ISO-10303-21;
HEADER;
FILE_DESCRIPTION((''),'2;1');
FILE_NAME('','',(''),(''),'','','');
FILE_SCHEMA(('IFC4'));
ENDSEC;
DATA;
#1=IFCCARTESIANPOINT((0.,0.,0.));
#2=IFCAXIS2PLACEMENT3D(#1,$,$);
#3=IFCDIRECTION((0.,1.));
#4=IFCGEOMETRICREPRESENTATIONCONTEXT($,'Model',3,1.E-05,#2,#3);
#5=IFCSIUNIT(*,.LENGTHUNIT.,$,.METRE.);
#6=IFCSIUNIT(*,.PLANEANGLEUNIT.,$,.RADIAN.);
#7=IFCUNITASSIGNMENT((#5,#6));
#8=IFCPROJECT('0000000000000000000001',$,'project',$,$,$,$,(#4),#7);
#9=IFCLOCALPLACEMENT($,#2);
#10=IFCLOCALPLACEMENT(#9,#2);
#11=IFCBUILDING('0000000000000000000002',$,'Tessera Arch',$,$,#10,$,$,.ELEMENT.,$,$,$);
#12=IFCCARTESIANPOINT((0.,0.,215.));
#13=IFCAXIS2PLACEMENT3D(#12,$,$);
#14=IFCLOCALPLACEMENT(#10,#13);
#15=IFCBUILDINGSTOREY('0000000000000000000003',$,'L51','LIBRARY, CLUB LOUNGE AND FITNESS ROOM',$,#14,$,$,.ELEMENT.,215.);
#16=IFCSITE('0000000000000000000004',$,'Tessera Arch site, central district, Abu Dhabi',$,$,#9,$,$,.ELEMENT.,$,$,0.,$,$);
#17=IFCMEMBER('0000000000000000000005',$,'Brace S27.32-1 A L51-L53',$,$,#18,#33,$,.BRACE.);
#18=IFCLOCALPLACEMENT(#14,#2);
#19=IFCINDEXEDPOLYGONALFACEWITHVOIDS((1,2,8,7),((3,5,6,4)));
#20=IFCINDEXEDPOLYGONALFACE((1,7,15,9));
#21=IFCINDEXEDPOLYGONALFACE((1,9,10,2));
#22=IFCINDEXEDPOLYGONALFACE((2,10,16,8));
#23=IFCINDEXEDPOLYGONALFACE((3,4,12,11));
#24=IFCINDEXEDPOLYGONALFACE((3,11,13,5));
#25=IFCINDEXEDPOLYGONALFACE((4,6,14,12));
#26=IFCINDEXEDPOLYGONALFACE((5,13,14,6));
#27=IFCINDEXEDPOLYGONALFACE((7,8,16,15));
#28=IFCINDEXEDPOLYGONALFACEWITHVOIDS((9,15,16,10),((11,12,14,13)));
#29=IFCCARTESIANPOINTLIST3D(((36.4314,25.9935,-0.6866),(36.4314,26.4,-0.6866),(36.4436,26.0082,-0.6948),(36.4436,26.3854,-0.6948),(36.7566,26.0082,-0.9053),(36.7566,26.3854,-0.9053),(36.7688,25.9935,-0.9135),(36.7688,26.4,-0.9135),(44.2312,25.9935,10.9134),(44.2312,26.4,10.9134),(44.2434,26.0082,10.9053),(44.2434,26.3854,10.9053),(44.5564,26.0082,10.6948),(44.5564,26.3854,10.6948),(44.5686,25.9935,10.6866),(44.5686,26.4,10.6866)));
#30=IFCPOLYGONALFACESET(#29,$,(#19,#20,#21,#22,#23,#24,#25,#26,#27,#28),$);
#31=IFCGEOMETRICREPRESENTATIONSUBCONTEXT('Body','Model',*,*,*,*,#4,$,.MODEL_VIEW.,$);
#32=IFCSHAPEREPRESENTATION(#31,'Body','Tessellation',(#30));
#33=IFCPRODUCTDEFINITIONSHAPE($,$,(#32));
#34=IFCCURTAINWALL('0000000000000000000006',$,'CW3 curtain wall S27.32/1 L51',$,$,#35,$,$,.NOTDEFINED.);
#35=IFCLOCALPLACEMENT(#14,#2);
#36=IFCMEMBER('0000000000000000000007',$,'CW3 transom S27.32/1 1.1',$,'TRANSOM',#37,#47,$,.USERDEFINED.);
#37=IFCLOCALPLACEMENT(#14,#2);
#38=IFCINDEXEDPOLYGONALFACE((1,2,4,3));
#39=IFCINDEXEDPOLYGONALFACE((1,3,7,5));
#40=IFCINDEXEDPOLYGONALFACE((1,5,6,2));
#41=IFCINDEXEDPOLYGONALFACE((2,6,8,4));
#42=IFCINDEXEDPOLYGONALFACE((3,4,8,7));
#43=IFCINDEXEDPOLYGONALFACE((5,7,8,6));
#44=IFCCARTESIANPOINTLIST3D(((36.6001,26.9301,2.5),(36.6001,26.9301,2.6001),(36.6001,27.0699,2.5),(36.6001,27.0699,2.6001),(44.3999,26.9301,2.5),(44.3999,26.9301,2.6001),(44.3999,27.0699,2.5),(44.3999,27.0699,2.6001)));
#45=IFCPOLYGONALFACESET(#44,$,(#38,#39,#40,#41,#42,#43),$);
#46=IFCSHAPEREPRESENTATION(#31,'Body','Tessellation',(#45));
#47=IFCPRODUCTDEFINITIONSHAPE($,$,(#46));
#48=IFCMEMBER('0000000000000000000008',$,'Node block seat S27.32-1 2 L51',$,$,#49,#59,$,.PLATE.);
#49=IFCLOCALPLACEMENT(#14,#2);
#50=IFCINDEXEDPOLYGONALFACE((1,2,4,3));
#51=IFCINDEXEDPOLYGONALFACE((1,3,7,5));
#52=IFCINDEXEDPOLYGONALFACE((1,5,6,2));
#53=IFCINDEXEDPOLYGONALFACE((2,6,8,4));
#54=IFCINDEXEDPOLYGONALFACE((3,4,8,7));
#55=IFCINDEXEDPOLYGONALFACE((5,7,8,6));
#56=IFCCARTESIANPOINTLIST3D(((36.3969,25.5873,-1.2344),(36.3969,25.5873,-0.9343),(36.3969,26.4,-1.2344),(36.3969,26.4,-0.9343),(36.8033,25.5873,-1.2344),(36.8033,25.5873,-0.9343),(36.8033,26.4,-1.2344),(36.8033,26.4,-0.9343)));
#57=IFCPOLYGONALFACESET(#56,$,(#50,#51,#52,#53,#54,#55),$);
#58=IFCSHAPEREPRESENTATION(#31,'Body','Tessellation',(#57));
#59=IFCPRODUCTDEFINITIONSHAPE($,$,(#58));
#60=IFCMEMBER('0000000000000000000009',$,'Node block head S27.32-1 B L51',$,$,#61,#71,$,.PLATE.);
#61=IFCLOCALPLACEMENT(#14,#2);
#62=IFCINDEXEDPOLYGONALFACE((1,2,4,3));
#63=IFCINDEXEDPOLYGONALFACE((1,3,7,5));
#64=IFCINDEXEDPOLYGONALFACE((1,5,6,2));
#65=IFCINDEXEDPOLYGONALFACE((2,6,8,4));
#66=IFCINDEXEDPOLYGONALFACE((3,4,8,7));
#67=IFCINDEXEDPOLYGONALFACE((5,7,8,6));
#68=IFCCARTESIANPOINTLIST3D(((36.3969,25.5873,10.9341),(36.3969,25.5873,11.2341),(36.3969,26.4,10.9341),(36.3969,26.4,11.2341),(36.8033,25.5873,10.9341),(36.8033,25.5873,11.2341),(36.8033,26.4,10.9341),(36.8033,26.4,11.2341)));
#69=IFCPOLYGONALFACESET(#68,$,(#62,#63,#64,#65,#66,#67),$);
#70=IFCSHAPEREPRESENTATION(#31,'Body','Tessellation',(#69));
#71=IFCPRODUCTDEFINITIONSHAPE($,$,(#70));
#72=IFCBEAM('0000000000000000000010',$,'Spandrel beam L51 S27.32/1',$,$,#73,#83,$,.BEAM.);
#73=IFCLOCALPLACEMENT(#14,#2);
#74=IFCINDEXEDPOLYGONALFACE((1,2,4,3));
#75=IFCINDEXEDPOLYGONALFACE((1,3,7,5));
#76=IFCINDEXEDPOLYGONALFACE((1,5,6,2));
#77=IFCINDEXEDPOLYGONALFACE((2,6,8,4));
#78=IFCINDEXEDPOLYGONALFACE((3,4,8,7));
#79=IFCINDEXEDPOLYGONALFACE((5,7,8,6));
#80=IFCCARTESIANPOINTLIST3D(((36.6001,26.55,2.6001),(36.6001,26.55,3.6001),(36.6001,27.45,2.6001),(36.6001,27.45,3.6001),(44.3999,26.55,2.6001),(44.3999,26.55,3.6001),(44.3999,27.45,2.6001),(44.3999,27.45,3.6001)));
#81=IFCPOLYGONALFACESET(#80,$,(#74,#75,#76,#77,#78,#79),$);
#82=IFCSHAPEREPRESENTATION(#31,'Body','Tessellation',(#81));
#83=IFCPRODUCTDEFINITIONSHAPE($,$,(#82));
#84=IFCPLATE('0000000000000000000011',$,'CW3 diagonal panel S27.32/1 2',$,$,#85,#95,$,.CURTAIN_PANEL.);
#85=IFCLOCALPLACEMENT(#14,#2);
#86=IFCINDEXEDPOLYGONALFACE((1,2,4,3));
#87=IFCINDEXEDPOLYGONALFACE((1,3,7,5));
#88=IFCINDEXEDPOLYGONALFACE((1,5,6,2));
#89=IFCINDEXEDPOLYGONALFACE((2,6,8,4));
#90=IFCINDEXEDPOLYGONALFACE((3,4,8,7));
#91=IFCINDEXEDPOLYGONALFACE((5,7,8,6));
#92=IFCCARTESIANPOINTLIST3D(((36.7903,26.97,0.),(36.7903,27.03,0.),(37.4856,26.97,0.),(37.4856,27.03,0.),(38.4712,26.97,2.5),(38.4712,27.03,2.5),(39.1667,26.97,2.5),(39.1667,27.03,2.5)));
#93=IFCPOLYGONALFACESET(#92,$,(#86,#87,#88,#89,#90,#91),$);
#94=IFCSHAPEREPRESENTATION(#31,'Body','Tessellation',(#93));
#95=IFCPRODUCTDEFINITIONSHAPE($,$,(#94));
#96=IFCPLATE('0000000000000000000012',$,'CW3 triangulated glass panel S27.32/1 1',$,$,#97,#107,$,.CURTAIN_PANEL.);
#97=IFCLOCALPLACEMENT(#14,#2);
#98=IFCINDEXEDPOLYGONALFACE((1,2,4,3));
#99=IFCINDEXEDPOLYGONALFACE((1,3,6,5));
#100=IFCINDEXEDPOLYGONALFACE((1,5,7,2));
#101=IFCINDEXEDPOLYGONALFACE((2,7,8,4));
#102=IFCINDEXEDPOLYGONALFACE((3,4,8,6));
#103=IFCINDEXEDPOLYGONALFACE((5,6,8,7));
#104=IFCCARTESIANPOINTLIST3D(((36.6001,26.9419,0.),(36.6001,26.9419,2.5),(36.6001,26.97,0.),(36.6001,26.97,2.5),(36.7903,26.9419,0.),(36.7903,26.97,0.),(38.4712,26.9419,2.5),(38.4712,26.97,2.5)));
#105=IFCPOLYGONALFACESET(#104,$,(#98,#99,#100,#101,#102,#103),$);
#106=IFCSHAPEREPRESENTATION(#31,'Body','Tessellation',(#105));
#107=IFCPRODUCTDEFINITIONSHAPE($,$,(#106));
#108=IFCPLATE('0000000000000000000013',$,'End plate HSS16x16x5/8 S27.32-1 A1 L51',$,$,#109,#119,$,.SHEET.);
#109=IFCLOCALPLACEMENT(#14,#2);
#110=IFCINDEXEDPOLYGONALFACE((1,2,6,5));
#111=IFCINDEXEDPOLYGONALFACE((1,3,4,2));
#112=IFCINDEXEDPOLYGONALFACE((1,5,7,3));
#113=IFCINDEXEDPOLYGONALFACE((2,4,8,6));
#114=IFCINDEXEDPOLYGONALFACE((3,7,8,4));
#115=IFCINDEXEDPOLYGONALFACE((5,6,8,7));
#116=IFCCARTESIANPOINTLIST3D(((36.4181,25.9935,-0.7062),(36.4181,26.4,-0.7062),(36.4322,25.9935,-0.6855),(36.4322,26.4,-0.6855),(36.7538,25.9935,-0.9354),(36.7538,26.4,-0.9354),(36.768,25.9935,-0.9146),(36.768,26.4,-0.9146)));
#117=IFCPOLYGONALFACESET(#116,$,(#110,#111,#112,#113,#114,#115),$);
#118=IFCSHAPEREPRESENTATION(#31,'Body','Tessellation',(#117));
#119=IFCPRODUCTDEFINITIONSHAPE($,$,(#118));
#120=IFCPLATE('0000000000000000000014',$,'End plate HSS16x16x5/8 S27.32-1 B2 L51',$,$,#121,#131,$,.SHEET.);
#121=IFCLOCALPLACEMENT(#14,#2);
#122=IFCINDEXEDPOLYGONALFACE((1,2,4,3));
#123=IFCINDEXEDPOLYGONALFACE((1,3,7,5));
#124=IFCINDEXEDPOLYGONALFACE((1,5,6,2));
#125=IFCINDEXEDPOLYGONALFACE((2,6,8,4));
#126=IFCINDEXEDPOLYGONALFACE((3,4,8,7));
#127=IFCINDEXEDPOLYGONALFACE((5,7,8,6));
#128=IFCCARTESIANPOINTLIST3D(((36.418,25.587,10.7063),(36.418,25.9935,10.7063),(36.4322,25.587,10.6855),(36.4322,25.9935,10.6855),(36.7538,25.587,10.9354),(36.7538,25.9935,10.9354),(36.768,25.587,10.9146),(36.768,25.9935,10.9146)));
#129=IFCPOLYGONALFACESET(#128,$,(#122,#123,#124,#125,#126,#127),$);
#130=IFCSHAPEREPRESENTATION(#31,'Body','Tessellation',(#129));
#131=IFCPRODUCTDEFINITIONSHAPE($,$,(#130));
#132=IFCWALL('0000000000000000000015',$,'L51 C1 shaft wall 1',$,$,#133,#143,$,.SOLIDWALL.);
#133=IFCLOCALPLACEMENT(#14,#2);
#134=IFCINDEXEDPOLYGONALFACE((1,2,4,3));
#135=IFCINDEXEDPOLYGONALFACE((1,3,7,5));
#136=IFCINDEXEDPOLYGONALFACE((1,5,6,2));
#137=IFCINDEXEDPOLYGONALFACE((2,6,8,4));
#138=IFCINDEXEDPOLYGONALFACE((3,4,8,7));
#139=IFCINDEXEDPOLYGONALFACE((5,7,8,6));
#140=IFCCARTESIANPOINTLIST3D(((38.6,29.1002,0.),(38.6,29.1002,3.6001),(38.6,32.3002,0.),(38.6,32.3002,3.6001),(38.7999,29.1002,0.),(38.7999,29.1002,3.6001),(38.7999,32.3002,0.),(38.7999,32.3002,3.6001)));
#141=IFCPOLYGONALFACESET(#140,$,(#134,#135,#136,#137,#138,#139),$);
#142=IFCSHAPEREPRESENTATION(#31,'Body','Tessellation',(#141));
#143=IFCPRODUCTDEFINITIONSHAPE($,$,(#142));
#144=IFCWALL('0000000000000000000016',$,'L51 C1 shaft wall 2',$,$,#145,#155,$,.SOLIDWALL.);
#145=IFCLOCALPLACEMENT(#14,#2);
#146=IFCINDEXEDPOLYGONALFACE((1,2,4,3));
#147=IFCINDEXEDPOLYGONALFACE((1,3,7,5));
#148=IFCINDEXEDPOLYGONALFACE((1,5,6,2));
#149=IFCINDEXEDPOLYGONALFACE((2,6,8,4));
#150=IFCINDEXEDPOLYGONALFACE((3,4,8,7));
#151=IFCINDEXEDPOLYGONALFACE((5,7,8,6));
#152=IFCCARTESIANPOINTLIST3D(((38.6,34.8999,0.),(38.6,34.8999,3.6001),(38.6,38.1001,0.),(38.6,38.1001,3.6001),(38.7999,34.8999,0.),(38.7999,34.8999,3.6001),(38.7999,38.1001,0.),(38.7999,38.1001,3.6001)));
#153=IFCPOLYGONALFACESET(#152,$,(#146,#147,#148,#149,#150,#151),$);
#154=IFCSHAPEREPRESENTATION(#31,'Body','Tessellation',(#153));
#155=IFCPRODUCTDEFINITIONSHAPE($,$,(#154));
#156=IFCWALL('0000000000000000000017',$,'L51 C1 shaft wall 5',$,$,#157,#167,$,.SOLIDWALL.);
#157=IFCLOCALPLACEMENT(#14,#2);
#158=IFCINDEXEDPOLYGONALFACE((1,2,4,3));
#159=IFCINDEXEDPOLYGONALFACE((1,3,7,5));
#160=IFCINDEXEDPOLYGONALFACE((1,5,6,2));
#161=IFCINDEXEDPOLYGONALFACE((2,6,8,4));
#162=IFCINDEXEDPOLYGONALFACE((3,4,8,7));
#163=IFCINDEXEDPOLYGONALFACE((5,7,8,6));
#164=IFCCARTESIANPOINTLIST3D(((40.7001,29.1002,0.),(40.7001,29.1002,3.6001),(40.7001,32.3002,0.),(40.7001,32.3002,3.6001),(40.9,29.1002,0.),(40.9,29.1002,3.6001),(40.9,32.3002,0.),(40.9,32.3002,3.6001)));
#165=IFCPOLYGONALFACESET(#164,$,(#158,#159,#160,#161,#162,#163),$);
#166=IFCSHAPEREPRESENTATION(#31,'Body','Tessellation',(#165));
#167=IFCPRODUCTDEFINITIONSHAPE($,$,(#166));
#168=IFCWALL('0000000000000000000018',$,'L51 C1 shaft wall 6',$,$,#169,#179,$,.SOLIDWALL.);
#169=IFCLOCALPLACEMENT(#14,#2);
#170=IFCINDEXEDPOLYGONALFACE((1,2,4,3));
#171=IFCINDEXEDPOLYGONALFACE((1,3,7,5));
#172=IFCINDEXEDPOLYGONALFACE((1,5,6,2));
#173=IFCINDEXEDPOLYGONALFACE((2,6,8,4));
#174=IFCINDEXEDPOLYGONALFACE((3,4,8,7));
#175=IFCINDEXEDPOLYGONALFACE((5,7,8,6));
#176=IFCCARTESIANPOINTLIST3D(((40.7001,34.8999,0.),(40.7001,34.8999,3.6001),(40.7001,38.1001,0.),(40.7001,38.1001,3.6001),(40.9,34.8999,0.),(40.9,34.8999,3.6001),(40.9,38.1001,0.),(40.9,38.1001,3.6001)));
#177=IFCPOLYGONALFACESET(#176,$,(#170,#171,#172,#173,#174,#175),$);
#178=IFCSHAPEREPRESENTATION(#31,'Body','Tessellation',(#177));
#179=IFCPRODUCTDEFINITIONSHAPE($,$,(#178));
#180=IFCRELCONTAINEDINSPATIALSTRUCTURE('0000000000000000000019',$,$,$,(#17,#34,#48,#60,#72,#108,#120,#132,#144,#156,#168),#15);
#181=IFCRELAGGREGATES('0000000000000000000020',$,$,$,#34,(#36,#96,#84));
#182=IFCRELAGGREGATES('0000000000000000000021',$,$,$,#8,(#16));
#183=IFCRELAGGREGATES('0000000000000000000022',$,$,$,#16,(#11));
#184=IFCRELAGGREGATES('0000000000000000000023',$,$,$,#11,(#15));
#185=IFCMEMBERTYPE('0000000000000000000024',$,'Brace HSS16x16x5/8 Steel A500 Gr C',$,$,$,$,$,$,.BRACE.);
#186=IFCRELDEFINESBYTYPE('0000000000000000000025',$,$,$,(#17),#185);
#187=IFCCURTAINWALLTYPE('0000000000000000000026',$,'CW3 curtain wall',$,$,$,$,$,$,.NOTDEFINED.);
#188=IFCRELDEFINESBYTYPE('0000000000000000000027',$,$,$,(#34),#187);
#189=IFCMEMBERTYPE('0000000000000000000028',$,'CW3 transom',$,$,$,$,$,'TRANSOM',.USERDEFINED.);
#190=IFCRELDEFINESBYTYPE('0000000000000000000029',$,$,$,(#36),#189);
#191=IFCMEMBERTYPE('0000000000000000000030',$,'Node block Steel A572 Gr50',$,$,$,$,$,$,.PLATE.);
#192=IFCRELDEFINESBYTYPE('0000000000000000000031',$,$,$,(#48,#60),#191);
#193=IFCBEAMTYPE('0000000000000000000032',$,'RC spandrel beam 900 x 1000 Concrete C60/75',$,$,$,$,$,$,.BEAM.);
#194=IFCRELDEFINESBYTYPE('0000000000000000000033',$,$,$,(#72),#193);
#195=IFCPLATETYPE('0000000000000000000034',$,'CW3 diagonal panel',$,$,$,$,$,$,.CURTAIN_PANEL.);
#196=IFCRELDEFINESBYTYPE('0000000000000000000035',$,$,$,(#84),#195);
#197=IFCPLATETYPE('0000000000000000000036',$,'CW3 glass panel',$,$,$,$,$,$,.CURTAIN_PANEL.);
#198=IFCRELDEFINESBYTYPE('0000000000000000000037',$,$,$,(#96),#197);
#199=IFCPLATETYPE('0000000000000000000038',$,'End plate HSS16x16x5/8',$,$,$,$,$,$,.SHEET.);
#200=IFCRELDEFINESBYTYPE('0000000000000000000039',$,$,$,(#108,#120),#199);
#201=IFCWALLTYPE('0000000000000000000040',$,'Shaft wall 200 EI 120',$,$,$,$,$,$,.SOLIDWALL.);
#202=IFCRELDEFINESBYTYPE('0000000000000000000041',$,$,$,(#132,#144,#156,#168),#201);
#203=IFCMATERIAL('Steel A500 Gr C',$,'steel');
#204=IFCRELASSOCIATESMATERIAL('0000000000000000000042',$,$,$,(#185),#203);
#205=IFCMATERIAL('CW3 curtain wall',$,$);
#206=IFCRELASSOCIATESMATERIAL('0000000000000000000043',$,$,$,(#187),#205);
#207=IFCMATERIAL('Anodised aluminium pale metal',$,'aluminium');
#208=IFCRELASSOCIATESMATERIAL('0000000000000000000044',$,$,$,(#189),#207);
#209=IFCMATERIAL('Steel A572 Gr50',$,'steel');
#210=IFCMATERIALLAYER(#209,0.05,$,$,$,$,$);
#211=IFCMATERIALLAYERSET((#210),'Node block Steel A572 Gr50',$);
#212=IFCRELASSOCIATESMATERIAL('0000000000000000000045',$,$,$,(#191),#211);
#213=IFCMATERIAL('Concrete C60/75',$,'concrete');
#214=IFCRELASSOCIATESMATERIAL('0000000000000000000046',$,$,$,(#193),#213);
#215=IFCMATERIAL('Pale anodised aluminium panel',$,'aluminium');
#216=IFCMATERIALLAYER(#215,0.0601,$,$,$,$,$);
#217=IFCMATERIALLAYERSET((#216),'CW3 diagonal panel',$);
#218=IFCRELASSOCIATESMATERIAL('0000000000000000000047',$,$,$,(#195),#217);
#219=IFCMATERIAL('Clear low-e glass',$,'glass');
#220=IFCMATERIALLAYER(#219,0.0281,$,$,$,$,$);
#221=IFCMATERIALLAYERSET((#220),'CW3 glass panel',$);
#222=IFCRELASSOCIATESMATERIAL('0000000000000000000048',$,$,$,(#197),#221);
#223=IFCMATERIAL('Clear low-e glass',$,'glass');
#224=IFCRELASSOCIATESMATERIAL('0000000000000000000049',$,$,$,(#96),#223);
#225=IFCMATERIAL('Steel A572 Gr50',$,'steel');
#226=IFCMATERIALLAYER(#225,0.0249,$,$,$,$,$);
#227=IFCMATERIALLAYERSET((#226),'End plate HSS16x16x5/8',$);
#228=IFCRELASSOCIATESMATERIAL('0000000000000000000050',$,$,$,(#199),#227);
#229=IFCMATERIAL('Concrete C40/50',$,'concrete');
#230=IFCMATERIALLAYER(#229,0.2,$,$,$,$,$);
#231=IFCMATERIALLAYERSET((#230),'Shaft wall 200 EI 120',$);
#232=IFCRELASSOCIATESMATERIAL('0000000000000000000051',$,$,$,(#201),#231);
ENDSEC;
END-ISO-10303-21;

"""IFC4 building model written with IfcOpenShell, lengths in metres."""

from ifc_helpers import new_model, si_unit, direction, frame, frame_2d, origin, origin_2d, place, context, subcontext, project, spatial, polyline, rectangle, hollow_rectangle, outline, extrude, material, layer, layer_set, material_profile, profile_set, type_object, element, aggregate, save


model = new_model("IFC4")

# Units and contexts
model_context = context("Model", 3, precision=1e-05, world=origin(), true_north=direction((0.0, 1.0)))
body_context = subcontext(model_context, "Body", "Model", "MODEL_VIEW")
ifc_project = project(units=[si_unit("LENGTHUNIT", "METRE"), si_unit("PLANEANGLEUNIT", "RADIAN")], contexts=[model_context])

# Site, building, storey
site_placement = place(None, origin())
site = spatial("IfcSite", under=ifc_project, at=site_placement, Name="Tessera Arch site, central district, Abu Dhabi", CompositionType="ELEMENT", RefElevation=0.0)
building_placement = place(site_placement, origin())
building = spatial("IfcBuilding", under=site, at=building_placement, Name="Tessera Arch", CompositionType="ELEMENT")
storey_placement = place(building_placement, frame((0.0, 0.0, 215.0)))
storey = spatial("IfcBuildingStorey", under=building, at=storey_placement, Name="L51", Description="LIBRARY, CLUB LOUNGE AND FITNESS ROOM", CompositionType="ELEMENT", Elevation=215.0)

# Member
ifc_material_1 = material(Name="Steel A500 Gr C", Category="steel")
ifc_material_profile_1 = material_profile(ifc_material_1, hollow_rectangle(XDim=0.4065, YDim=0.4065, WallThickness=0.0146, at=origin_2d()), Name="HSS16x16x5/8")
ifc_profile_set_1 = profile_set([ifc_material_profile_1], Name="Steel A500 Gr C")
member_type_1 = type_object("IfcMemberType", Name="Brace HSS16x16x5/8 Steel A500 Gr C", PredefinedType="BRACE", material=ifc_profile_set_1)
member_1_placement = place(storey_placement, frame((36.6001, 26.1968, -0.8), z_axis=(0.557985, 0.0, 0.829851), x_axis=(0.0, 1.0, 0.0)))
element("IfcMember", 1, at=member_1_placement, inside=storey, type_object=member_type_1, Name="Brace S27.32-1 A L51-L53", PredefinedType="BRACE", context=body_context, shape_type="SweptSolid", body=[
    extrude(hollow_rectangle(XDim=0.4065, YDim=0.4065, WallThickness=0.0146, at=origin_2d()), origin(), (0.0, 0.0, 1.0), 13.9785),
])

# Curtain wall, member
ifc_material_2 = material(Name="CW3 curtain wall")
curtain_wall_type = type_object("IfcCurtainWallType", Name="CW3 curtain wall", PredefinedType="NOTDEFINED", material=ifc_material_2)
curtain_wall_placement = place(storey_placement, origin())
curtain_wall = element("IfcCurtainWall", 2, at=curtain_wall_placement, inside=storey, type_object=curtain_wall_type, Name="CW3 curtain wall S27.32/1 L51", PredefinedType="NOTDEFINED")
ifc_material_3 = material(Name="Anodised aluminium pale metal", Category="aluminium")
ifc_material_profile_2 = material_profile(ifc_material_3, rectangle(XDim=0.1399, YDim=0.1001, at=origin_2d()), Name="AL 140x100")
ifc_profile_set_2 = profile_set([ifc_material_profile_2], Name="Anodised aluminium pale metal")
member_type_2 = type_object("IfcMemberType", Name="CW3 transom", ElementType="TRANSOM", PredefinedType="USERDEFINED", material=ifc_profile_set_2)
member_2_placement = place(storey_placement, frame((36.6001, 27.0, 2.55), z_axis=(1.0, 0.0, 0.0), x_axis=(0.0, 1.0, 0.0)))
member_2 = element("IfcMember", 3, at=member_2_placement, type_object=member_type_2, Name="CW3 transom S27.32/1 1.1", ObjectType="TRANSOM", PredefinedType="USERDEFINED", context=body_context, shape_type="SweptSolid", body=[
    extrude(rectangle(XDim=0.1399, YDim=0.1001, at=origin_2d()), origin(), (0.0, 0.0, 1.0), 7.7998),
])

# Members
ifc_material_4 = material(Name="Steel A572 Gr50", Category="steel")
ifc_layer_1 = layer(ifc_material_4, 0.05)
ifc_layer_set_1 = layer_set([ifc_layer_1], Name="Node block Steel A572 Gr50")
member_type_3 = type_object("IfcMemberType", Name="Node block Steel A572 Gr50", PredefinedType="PLATE", material=ifc_layer_set_1)
for number, where, z_axis, x_axis, name in (
    (4, (36.6001, 25.9937, -1.2344), (0.0, 0.0, 1.0), (1.0, 0.0, 0.0), "Node block seat S27.32-1 2 L51"),
    (5, (36.6001, 25.9937, 10.9341), (0.0, 0.0, 1.0), (1.0, 0.0, 0.0), "Node block head S27.32-1 B L51"),
):
    element("IfcMember", number, at=place(storey_placement, frame(where, z_axis=z_axis, x_axis=x_axis)), inside=storey, type_object=member_type_3, Name=name, PredefinedType="PLATE", context=body_context, shape_type="SweptSolid", body=[
        extrude(rectangle(XDim=0.4065, YDim=0.8127, at=origin_2d()), origin(), (0.0, 0.0, 1.0), 0.3),
    ])

# Beam
ifc_material_5 = material(Name="Concrete C60/75", Category="concrete")
ifc_material_profile_3 = material_profile(ifc_material_5, rectangle(XDim=0.8999, YDim=1.0, at=origin_2d()), Name="RC spandrel beam 900 x 1000 Concrete C60/75")
ifc_profile_set_3 = profile_set([ifc_material_profile_3], Name="Concrete C60/75")
beam_type = type_object("IfcBeamType", Name="RC spandrel beam 900 x 1000 Concrete C60/75", PredefinedType="BEAM", material=ifc_profile_set_3)
beam_placement = place(storey_placement, frame((36.6001, 27.0, 3.1001), z_axis=(1.0, 0.0, 0.0), x_axis=(0.0, 1.0, 0.0)))
element("IfcBeam", 6, at=beam_placement, inside=storey, type_object=beam_type, Name="Spandrel beam L51 S27.32/1", PredefinedType="BEAM", context=body_context, shape_type="SweptSolid", body=[
    extrude(rectangle(XDim=0.8999, YDim=1.0, at=origin_2d()), origin(), (0.0, 0.0, 1.0), 7.7998),
])

# Plates
ifc_material_6 = material(Name="Pale anodised aluminium panel", Category="aluminium")
ifc_layer_2 = layer(ifc_material_6, 0.0601)
ifc_layer_set_2 = layer_set([ifc_layer_2], Name="CW3 diagonal panel")
plate_type_1 = type_object("IfcPlateType", Name="CW3 diagonal panel", PredefinedType="CURTAIN_PANEL", material=ifc_layer_set_2)
plate_1_placement = place(storey_placement, frame((39.1667, 26.97, 2.5), z_axis=(0.0, -1.0, 0.0), x_axis=(-1.0, 0.0, 0.0)))
plate_1 = element("IfcPlate", 7, at=plate_1_placement, type_object=plate_type_1, Name="CW3 diagonal panel S27.32/1 2", PredefinedType="CURTAIN_PANEL", context=body_context, shape_type="SweptSolid", body=[
    extrude(outline(polyline([(0.0, 0.0), (0.6956, 0.0), (2.3765, 2.5), (1.6812, 2.5), (0.0, 0.0)])), origin(), (0.0, 0.0, -1.0), 0.0601),
])
ifc_material_7 = material(Name="Clear low-e glass", Category="glass")
ifc_material_8 = material(Name="Clear low-e glass", Category="glass")
ifc_layer_3 = layer(ifc_material_8, 0.0281)
ifc_layer_set_3 = layer_set([ifc_layer_3], Name="CW3 glass panel")
plate_type_2 = type_object("IfcPlateType", Name="CW3 glass panel", PredefinedType="CURTAIN_PANEL", material=ifc_layer_set_3)
plate_2_placement = place(storey_placement, frame((36.6001, 26.9419, 0.0), z_axis=(0.0, -1.0, 0.0), x_axis=(1.0, 0.0, 0.0)))
plate_2 = element("IfcPlate", 8, at=plate_2_placement, type_object=plate_type_2, material=ifc_material_7, Name="CW3 triangulated glass panel S27.32/1 1", PredefinedType="CURTAIN_PANEL", context=body_context, shape_type="SweptSolid", body=[
    extrude(outline(polyline([(0.0, 0.0), (0.1902, 0.0), (1.8711, 2.5), (0.0, 2.5), (0.0, 0.0)])), origin(), (0.0, 0.0, -1.0), 0.0281),
])
aggregate(curtain_wall, [member_2, plate_2, plate_1])

# Plates
ifc_material_9 = material(Name="Steel A572 Gr50", Category="steel")
ifc_layer_4 = layer(ifc_material_9, 0.0249)
ifc_layer_set_4 = layer_set([ifc_layer_4], Name="End plate HSS16x16x5/8")
plate_type_3 = type_object("IfcPlateType", Name="End plate HSS16x16x5/8", PredefinedType="SHEET", material=ifc_layer_set_4)
for number, where, z_axis, x_axis, name in (
    (9, (36.5859, 26.1968, -0.8208), (0.563638, 0.0, 0.826022), (0.0, 1.0, 0.0), "End plate HSS16x16x5/8 S27.32-1 A1 L51"),
    (10, (36.6001, 25.7903, 10.8), (-0.563638, 0.0, 0.826022), (0.0, -1.0, 0.0), "End plate HSS16x16x5/8 S27.32-1 B2 L51"),
):
    element("IfcPlate", number, at=place(storey_placement, frame(where, z_axis=z_axis, x_axis=x_axis)), inside=storey, type_object=plate_type_3, Name=name, PredefinedType="SHEET", context=body_context, shape_type="SweptSolid", body=[
        extrude(rectangle(XDim=0.4065, YDim=0.4065, at=origin_2d()), origin(), (0.0, 0.0, 1.0), 0.0251),
    ])

# Walls
ifc_material_10 = material(Name="Concrete C40/50", Category="concrete")
ifc_layer_5 = layer(ifc_material_10, 0.2)
ifc_layer_set_5 = layer_set([ifc_layer_5], Name="Shaft wall 200 EI 120")
wall_type_1 = type_object("IfcWallType", Name="Shaft wall 200 EI 120", PredefinedType="SOLIDWALL", material=ifc_layer_set_5)
wall_1_placement = place(storey_placement, frame((38.7, 29.1001, 0.0), z_axis=(0.0, 0.0, 1.0), x_axis=(0.0, 1.0, 0.0)))
element("IfcWall", 11, at=wall_1_placement, inside=storey, type_object=wall_type_1, Name="L51 C1 shaft wall 1", PredefinedType="SOLIDWALL", context=body_context, shape_type="SweptSolid", body=[
    extrude(rectangle(XDim=3.2, YDim=0.2, at=frame_2d((1.6001, 0.0))), origin(), (0.0, 0.0, 1.0), 3.6001),
])
wall_2_placement = place(storey_placement, frame((38.7, 34.8999, 0.0), z_axis=(0.0, 0.0, 1.0), x_axis=(0.0, 1.0, 0.0)))
element("IfcWall", 12, at=wall_2_placement, inside=storey, type_object=wall_type_1, Name="L51 C1 shaft wall 2", PredefinedType="SOLIDWALL", context=body_context, shape_type="SweptSolid", body=[
    extrude(rectangle(XDim=3.2002, YDim=0.2, at=frame_2d((1.6001, 0.0))), origin(), (0.0, 0.0, 1.0), 3.6001),
])
wall_3_placement = place(storey_placement, frame((40.8, 29.1001, 0.0), z_axis=(0.0, 0.0, 1.0), x_axis=(0.0, 1.0, 0.0)))
element("IfcWall", 13, at=wall_3_placement, inside=storey, type_object=wall_type_1, Name="L51 C1 shaft wall 5", PredefinedType="SOLIDWALL", context=body_context, shape_type="SweptSolid", body=[
    extrude(rectangle(XDim=3.2, YDim=0.2, at=frame_2d((1.6001, 0.0))), origin(), (0.0, 0.0, 1.0), 3.6001),
])
wall_4_placement = place(storey_placement, frame((40.8, 34.8999, 0.0), z_axis=(0.0, 0.0, 1.0), x_axis=(0.0, 1.0, 0.0)))
element("IfcWall", 14, at=wall_4_placement, inside=storey, type_object=wall_type_1, Name="L51 C1 shaft wall 6", PredefinedType="SOLIDWALL", context=body_context, shape_type="SweptSolid", body=[
    extrude(rectangle(XDim=3.2002, YDim=0.2, at=frame_2d((1.6001, 0.0))), origin(), (0.0, 0.0, 1.0), 3.6001),
])

save(model, "model.ifc")
